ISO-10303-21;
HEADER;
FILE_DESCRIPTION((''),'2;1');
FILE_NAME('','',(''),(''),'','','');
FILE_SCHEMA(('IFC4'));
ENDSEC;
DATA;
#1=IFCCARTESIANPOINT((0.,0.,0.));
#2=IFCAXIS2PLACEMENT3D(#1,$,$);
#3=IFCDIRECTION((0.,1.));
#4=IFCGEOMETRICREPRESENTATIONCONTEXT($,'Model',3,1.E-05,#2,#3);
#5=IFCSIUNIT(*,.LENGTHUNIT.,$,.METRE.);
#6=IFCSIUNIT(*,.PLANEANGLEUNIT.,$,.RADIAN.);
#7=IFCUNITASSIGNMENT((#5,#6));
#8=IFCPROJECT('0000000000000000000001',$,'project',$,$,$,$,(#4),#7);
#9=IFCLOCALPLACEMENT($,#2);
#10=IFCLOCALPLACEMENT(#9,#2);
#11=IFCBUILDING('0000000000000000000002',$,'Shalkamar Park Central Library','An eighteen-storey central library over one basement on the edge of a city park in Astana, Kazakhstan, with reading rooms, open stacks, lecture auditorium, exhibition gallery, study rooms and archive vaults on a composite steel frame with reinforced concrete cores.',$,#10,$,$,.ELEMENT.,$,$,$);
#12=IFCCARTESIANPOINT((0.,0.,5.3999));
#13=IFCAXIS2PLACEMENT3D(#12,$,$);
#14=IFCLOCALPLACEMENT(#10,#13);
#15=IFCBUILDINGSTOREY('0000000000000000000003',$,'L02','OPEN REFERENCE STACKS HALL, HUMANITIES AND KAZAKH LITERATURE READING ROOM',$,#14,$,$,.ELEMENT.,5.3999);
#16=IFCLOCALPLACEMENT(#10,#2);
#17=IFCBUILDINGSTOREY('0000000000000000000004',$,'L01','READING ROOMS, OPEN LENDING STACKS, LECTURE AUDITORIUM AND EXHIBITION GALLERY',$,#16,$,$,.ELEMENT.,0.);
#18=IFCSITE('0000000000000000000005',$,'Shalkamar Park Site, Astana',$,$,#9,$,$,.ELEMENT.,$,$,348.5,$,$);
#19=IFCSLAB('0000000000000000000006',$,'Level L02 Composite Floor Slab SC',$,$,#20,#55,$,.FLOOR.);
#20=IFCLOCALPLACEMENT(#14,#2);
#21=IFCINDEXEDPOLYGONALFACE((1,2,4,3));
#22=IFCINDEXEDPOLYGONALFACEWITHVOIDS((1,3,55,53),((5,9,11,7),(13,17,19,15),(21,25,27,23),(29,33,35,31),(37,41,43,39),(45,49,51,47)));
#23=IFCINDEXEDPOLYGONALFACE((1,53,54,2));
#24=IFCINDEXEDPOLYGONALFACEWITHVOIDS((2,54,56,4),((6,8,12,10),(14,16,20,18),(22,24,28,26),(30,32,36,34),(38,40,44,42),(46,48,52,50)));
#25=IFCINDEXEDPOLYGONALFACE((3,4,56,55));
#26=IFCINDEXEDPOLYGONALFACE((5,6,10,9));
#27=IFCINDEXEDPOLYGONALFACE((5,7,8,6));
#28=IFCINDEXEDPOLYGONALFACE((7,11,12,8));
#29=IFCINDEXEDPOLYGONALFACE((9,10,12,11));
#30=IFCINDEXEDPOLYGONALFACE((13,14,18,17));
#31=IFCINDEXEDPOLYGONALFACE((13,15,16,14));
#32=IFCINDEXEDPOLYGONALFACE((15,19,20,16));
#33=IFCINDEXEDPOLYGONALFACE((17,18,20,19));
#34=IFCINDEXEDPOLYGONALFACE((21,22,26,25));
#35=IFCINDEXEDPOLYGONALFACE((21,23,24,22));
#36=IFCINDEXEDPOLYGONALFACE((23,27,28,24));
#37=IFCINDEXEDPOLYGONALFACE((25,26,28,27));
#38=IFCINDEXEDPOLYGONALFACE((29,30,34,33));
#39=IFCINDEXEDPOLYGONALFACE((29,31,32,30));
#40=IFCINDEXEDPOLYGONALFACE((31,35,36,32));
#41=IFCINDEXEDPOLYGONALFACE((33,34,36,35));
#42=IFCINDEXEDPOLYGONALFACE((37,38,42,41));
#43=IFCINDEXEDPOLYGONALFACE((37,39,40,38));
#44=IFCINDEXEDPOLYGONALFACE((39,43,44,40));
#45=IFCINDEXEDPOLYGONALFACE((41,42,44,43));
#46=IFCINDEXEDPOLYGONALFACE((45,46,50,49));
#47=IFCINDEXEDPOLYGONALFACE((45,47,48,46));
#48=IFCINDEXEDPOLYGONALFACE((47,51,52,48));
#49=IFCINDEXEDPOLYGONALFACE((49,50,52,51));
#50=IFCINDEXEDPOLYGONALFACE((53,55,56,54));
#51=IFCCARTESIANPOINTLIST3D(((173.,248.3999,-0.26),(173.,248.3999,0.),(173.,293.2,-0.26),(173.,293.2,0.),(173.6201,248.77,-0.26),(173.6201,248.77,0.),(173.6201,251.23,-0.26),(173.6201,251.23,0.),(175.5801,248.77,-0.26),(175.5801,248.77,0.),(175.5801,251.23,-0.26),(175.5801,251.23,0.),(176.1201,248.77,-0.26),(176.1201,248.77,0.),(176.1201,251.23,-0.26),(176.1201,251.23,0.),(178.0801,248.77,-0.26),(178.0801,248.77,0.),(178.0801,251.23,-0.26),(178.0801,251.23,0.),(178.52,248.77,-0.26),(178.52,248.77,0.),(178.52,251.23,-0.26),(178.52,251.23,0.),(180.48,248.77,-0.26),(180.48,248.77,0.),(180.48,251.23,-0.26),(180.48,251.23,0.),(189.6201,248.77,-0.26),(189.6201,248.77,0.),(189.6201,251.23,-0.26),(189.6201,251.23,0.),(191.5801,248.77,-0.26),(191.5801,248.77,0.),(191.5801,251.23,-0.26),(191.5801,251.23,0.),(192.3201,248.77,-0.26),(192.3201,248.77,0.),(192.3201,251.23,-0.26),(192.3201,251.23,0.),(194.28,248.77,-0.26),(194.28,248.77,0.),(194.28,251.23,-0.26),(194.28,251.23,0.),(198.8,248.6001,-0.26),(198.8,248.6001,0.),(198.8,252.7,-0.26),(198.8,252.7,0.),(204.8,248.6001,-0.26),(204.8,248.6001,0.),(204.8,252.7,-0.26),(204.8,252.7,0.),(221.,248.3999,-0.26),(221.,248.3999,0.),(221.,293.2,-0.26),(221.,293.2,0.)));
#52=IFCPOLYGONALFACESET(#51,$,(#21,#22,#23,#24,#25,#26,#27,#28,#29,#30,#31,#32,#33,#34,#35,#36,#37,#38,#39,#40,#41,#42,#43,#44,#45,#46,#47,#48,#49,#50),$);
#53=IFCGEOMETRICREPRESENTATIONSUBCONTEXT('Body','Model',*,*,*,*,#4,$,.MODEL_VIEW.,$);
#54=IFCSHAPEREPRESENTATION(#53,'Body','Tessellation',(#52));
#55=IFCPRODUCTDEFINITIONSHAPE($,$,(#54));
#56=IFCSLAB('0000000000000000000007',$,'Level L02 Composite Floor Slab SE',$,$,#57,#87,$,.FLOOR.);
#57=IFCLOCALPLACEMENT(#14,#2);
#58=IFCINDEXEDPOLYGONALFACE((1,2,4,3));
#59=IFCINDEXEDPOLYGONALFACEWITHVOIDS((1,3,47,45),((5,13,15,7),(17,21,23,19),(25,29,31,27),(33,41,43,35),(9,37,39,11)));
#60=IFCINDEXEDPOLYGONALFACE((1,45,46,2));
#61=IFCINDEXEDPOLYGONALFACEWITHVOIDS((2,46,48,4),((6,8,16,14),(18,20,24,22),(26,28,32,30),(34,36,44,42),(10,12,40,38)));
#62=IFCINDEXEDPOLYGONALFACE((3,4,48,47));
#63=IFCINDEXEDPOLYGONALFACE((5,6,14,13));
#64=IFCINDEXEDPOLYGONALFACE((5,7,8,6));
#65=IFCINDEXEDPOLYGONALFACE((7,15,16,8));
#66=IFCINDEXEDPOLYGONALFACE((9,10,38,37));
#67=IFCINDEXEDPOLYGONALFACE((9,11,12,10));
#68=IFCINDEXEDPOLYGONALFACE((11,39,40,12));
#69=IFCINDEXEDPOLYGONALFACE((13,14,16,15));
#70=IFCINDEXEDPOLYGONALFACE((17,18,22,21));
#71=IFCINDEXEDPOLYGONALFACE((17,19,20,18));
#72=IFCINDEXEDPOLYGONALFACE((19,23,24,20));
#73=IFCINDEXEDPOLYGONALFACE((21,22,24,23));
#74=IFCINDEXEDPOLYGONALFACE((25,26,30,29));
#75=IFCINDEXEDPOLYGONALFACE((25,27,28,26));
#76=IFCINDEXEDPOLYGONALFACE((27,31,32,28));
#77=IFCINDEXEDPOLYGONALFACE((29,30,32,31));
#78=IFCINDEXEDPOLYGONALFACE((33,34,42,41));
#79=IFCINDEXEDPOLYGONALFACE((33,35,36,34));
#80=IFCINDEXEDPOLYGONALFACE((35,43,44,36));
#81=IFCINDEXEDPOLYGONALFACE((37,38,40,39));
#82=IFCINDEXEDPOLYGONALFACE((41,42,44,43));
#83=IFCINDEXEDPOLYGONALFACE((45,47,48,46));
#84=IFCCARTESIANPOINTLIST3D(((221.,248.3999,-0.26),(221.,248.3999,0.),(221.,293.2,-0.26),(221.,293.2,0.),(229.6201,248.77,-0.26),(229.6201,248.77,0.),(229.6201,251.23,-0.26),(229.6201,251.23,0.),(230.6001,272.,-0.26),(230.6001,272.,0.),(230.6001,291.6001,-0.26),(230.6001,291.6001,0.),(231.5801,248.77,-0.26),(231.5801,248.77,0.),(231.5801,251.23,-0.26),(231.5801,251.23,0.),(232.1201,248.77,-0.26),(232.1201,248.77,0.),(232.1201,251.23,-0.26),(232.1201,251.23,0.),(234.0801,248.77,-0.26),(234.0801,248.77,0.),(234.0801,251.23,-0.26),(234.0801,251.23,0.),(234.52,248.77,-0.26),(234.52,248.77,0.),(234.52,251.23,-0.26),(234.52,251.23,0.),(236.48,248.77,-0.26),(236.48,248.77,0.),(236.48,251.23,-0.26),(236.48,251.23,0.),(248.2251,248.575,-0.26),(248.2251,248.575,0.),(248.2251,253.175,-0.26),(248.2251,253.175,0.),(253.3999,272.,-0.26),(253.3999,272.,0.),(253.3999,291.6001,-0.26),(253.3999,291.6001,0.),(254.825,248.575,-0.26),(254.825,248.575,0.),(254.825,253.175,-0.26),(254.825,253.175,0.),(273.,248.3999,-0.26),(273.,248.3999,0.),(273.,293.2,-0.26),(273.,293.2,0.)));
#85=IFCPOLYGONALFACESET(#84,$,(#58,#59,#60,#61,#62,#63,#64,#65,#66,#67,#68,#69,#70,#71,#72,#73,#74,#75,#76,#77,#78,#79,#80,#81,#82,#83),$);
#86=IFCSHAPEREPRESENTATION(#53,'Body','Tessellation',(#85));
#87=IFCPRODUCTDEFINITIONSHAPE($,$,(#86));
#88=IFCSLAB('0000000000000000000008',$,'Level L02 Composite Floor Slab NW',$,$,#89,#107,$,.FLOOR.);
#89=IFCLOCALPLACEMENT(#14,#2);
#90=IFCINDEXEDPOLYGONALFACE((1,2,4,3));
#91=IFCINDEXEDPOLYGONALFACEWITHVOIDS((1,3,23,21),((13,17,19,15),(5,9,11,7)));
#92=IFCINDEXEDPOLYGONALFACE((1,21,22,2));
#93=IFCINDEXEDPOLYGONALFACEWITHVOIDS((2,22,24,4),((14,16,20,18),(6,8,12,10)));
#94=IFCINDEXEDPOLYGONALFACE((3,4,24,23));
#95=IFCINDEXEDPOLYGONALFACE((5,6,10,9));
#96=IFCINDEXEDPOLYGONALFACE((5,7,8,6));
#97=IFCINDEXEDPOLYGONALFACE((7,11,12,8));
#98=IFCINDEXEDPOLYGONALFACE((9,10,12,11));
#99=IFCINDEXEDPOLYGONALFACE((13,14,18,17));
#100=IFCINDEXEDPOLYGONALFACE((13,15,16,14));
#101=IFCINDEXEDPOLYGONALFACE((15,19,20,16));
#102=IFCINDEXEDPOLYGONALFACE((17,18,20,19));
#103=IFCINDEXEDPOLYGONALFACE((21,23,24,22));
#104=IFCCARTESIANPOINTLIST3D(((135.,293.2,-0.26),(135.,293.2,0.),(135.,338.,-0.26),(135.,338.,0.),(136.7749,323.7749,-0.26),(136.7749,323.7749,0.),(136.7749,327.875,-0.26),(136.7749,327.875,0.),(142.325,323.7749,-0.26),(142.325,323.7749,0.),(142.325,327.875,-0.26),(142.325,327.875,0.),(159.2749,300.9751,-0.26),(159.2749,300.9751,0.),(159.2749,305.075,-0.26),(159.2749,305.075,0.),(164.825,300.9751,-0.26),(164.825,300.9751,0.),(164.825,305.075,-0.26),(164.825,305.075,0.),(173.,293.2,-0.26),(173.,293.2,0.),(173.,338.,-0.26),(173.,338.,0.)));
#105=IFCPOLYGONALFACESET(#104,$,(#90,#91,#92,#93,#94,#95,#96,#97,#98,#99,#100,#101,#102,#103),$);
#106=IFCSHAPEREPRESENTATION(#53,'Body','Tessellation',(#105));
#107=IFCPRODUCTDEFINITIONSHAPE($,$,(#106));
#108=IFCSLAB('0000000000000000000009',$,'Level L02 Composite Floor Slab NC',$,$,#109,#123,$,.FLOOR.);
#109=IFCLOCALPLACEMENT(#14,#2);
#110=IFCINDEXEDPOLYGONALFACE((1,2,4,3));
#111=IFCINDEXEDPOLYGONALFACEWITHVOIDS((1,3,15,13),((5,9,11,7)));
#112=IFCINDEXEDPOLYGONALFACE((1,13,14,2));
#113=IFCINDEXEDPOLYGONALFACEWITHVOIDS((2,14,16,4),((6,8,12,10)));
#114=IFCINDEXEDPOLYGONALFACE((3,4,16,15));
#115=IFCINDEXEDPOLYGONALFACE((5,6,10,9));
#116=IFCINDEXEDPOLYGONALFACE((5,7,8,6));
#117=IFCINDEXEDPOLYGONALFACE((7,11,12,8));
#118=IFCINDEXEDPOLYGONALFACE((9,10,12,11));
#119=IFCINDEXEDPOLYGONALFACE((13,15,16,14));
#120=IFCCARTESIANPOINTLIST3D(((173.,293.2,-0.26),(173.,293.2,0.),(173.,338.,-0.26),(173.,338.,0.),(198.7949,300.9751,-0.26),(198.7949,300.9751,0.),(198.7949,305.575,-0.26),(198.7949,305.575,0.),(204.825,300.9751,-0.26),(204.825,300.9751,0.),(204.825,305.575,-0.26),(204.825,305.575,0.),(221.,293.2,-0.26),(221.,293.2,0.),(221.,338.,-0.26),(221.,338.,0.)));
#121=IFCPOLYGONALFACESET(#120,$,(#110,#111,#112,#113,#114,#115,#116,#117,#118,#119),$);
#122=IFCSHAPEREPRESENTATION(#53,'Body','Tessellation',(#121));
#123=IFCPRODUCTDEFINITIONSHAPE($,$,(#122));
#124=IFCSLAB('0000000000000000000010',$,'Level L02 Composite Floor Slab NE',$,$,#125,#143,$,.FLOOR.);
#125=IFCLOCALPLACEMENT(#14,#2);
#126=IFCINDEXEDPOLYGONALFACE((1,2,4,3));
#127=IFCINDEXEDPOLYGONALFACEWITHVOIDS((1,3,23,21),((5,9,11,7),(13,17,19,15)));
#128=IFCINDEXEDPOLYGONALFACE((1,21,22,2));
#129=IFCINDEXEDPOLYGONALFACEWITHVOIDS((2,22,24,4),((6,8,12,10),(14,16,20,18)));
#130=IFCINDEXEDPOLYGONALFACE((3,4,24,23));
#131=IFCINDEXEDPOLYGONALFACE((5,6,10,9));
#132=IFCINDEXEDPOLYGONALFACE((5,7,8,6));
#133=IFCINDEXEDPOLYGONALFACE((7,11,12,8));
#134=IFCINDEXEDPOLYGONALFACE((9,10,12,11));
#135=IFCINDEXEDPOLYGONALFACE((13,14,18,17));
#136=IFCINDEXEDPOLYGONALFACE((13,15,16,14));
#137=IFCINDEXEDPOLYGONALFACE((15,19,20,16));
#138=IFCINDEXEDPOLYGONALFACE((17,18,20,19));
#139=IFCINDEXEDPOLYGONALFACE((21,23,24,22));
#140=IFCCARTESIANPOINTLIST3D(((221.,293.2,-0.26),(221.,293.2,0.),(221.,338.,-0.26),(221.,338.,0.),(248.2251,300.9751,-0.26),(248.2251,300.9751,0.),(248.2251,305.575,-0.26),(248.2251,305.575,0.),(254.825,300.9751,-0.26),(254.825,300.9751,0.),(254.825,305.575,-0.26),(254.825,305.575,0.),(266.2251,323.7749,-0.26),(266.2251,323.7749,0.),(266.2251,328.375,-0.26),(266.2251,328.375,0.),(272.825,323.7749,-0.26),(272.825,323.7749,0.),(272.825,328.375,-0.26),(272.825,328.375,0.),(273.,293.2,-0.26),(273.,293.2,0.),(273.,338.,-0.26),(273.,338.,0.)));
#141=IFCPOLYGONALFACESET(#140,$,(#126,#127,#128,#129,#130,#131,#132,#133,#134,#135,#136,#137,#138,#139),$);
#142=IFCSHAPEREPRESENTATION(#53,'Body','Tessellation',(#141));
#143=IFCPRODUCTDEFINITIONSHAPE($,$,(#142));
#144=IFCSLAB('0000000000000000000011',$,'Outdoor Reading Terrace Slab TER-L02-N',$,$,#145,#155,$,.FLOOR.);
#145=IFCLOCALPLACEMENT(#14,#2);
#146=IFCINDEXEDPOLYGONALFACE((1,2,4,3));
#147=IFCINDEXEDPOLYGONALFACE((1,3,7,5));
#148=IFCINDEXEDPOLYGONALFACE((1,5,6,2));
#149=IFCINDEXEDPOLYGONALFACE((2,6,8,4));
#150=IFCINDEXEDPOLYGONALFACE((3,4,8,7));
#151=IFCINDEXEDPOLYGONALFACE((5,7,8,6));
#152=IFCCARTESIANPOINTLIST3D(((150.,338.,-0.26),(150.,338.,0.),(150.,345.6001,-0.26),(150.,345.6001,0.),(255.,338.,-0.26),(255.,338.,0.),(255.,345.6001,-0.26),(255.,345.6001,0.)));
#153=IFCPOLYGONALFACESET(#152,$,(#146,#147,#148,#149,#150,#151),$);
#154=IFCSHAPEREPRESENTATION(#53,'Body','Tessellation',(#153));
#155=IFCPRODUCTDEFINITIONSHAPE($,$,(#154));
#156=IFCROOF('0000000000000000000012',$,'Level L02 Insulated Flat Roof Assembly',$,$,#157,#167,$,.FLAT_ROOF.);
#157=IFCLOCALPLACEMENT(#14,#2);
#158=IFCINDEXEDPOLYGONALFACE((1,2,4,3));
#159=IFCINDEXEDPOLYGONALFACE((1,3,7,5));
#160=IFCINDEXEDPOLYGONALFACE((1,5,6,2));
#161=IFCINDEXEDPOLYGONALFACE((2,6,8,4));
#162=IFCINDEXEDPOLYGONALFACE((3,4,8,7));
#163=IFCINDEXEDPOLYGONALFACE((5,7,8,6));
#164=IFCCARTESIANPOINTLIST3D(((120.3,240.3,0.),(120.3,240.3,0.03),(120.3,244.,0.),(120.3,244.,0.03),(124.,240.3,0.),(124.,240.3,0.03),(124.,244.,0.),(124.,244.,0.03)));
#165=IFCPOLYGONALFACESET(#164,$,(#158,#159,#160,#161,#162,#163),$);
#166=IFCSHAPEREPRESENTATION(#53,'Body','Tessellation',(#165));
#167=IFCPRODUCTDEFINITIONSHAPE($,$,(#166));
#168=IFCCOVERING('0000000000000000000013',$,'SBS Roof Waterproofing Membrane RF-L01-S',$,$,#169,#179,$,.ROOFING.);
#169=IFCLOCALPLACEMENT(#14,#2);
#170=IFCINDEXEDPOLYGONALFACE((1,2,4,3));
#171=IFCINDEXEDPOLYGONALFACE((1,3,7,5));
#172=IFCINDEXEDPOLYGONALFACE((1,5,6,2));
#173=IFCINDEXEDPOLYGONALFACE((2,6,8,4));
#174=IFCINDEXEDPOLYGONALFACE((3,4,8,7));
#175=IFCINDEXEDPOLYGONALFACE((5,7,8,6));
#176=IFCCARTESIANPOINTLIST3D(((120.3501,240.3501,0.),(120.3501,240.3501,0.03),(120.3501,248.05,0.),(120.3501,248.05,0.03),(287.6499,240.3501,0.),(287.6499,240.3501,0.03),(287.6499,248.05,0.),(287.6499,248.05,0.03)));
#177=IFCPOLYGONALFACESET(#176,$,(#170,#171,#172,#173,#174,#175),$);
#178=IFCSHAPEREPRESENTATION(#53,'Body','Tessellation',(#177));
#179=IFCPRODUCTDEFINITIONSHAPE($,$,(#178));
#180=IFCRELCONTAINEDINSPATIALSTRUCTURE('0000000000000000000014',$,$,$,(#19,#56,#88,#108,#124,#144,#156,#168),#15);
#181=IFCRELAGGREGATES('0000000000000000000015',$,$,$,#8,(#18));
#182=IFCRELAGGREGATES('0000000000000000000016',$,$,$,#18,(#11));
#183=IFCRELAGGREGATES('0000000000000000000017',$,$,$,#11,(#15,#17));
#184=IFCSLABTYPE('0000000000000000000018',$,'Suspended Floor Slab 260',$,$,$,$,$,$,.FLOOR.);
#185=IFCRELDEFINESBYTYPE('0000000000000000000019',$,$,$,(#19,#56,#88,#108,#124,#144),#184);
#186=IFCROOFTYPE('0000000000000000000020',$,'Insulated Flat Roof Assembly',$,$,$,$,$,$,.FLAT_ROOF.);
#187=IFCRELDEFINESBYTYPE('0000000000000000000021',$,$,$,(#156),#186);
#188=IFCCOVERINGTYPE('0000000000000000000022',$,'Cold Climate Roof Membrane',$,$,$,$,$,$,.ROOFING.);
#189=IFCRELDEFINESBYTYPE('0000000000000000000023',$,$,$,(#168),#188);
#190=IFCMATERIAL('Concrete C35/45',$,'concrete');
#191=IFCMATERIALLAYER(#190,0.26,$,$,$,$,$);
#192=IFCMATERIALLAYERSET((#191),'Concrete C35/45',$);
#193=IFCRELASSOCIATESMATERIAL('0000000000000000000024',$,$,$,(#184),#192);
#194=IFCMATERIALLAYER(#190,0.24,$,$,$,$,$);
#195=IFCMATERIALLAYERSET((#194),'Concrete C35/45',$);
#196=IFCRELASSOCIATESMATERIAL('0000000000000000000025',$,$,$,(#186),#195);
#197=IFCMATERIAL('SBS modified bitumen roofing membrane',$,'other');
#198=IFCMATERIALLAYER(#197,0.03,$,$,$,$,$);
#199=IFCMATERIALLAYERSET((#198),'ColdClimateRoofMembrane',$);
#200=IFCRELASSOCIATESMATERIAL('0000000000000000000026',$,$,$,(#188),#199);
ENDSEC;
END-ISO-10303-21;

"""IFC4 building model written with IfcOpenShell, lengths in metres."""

from ifc_helpers import new_model, si_unit, direction, frame, origin, place, context, subcontext, project, spatial, polyline, outline, extrude, material, layer, layer_set, type_object, element, save


model = new_model("IFC4")

# Units and contexts
model_context = context("Model", 3, precision=1e-05, world=origin(), true_north=direction((0.0, 1.0)))
body_context = subcontext(model_context, "Body", "Model", "MODEL_VIEW")
ifc_project = project(units=[si_unit("LENGTHUNIT", "METRE"), si_unit("PLANEANGLEUNIT", "RADIAN")], contexts=[model_context])

# Site, building, storey
site_placement = place(None, origin())
site = spatial("IfcSite", under=ifc_project, at=site_placement, Name="Shalkamar Park Site, Astana", CompositionType="ELEMENT", RefElevation=348.5)
building_placement = place(site_placement, origin())
building = spatial("IfcBuilding", under=site, at=building_placement, Name="Shalkamar Park Central Library", Description="An eighteen-storey central library over one basement on the edge of a city park in Astana, Kazakhstan, with reading rooms, open stacks, lecture auditorium, exhibition gallery, study rooms and archive vaults on a composite steel frame with reinforced concrete cores.", CompositionType="ELEMENT")
storey_1_placement = place(building_placement, frame((0.0, 0.0, 5.3999)))
storey_1 = spatial("IfcBuildingStorey", under=building, at=storey_1_placement, Name="L02", Description="OPEN REFERENCE STACKS HALL, HUMANITIES AND KAZAKH LITERATURE READING ROOM", CompositionType="ELEMENT", Elevation=5.3999)

# Shared definitions
ifc_material_1 = material(Name="Concrete C35/45", Category="concrete")

# Shared definitions
storey_2_placement = place(building_placement, origin())
storey_2 = spatial("IfcBuildingStorey", under=building, at=storey_2_placement, Name="L01", Description="READING ROOMS, OPEN LENDING STACKS, LECTURE AUDITORIUM AND EXHIBITION GALLERY", CompositionType="ELEMENT", Elevation=0.0)

# Slabs
ifc_layer_1 = layer(ifc_material_1, 0.26)
ifc_layer_set_1 = layer_set([ifc_layer_1], Name="Concrete C35/45")
slab_type_1 = type_object("IfcSlabType", Name="Suspended Floor Slab 260", PredefinedType="FLOOR", material=ifc_layer_set_1)
slab_1_placement = place(storey_1_placement, frame((0.0, 0.0, -0.26)))
element("IfcSlab", 1, at=slab_1_placement, inside=storey_1, type_object=slab_type_1, Name="Level L02 Composite Floor Slab SC", PredefinedType="FLOOR", context=body_context, shape_type="SweptSolid", body=[
    extrude(outline(polyline([(173.0, 248.3999), (173.0, 293.2), (221.0, 293.2), (221.0, 248.3999), (173.0, 248.3999)]), holes=[polyline([(175.5801, 251.23), (173.6201, 251.23), (173.6201, 248.77), (175.5801, 248.77), (175.5801, 251.23)]), polyline([(178.0801, 251.23), (176.1201, 251.23), (176.1201, 248.77), (178.0801, 248.77), (178.0801, 251.23)]), polyline([(180.48, 251.23), (178.52, 251.23), (178.52, 248.77), (180.48, 248.77), (180.48, 251.23)]), polyline([(191.5801, 251.23), (189.6201, 251.23), (189.6201, 248.77), (191.5801, 248.77), (191.5801, 251.23)]), polyline([(194.28, 251.23), (192.3201, 251.23), (192.3201, 248.77), (194.28, 248.77), (194.28, 251.23)]), polyline([(204.8, 252.7), (198.8, 252.7), (198.8, 248.6001), (204.8, 248.6001), (204.8, 252.7)])]), origin(), (0.0, 0.0, 1.0), 0.26),
])
slab_2_placement = place(storey_1_placement, frame((0.0, 0.0, -0.26)))
element("IfcSlab", 2, at=slab_2_placement, inside=storey_1, type_object=slab_type_1, Name="Level L02 Composite Floor Slab SE", PredefinedType="FLOOR", context=body_context, shape_type="SweptSolid", body=[
    extrude(outline(polyline([(221.0, 248.3999), (221.0, 293.2), (273.0, 293.2), (273.0, 248.3999), (221.0, 248.3999)]), holes=[polyline([(231.5801, 251.23), (229.6201, 251.23), (229.6201, 248.77), (231.5801, 248.77), (231.5801, 251.23)]), polyline([(234.0801, 251.23), (232.1201, 251.23), (232.1201, 248.77), (234.0801, 248.77), (234.0801, 251.23)]), polyline([(236.48, 251.23), (234.52, 251.23), (234.52, 248.77), (236.48, 248.77), (236.48, 251.23)]), polyline([(254.825, 253.175), (248.2251, 253.175), (248.2251, 248.575), (254.825, 248.575), (254.825, 253.175)]), polyline([(253.3999, 291.6001), (230.6001, 291.6001), (230.6001, 272.0), (253.3999, 272.0), (253.3999, 291.6001)])]), origin(), (0.0, 0.0, 1.0), 0.26),
])
slab_3_placement = place(storey_1_placement, frame((0.0, 0.0, -0.26)))
element("IfcSlab", 3, at=slab_3_placement, inside=storey_1, type_object=slab_type_1, Name="Level L02 Composite Floor Slab NW", PredefinedType="FLOOR", context=body_context, shape_type="SweptSolid", body=[
    extrude(outline(polyline([(135.0, 293.2), (135.0, 338.0), (173.0, 338.0), (173.0, 293.2), (135.0, 293.2)]), holes=[polyline([(164.825, 300.9751), (164.825, 305.075), (159.2749, 305.075), (159.2749, 300.9751), (164.825, 300.9751)]), polyline([(142.325, 323.7749), (142.325, 327.875), (136.7749, 327.875), (136.7749, 323.7749), (142.325, 323.7749)])]), origin(), (0.0, 0.0, 1.0), 0.26),
])
slab_4_placement = place(storey_1_placement, frame((0.0, 0.0, -0.26)))
element("IfcSlab", 4, at=slab_4_placement, inside=storey_1, type_object=slab_type_1, Name="Level L02 Composite Floor Slab NC", PredefinedType="FLOOR", context=body_context, shape_type="SweptSolid", body=[
    extrude(outline(polyline([(173.0, 293.2), (173.0, 338.0), (221.0, 338.0), (221.0, 293.2), (173.0, 293.2)]), holes=[polyline([(204.825, 305.575), (198.7949, 305.575), (198.7949, 300.9751), (204.825, 300.9751), (204.825, 305.575)])]), origin(), (0.0, 0.0, 1.0), 0.26),
])
slab_5_placement = place(storey_1_placement, frame((0.0, 0.0, -0.26)))
element("IfcSlab", 5, at=slab_5_placement, inside=storey_1, type_object=slab_type_1, Name="Level L02 Composite Floor Slab NE", PredefinedType="FLOOR", context=body_context, shape_type="SweptSolid", body=[
    extrude(outline(polyline([(221.0, 293.2), (221.0, 338.0), (273.0, 338.0), (273.0, 293.2), (221.0, 293.2)]), holes=[polyline([(254.825, 300.9751), (254.825, 305.575), (248.2251, 305.575), (248.2251, 300.9751), (254.825, 300.9751)]), polyline([(272.825, 323.7749), (272.825, 328.375), (266.2251, 328.375), (266.2251, 323.7749), (272.825, 323.7749)])]), origin(), (0.0, 0.0, 1.0), 0.26),
])
slab_6_placement = place(storey_1_placement, frame((0.0, 0.0, -0.26)))
element("IfcSlab", 6, at=slab_6_placement, inside=storey_1, type_object=slab_type_1, Name="Outdoor Reading Terrace Slab TER-L02-N", PredefinedType="FLOOR", context=body_context, shape_type="SweptSolid", body=[
    extrude(outline(polyline([(150.0, 338.0), (255.0, 338.0), (255.0, 345.6001), (150.0, 345.6001), (150.0, 338.0)])), origin(), (0.0, 0.0, 1.0), 0.26),
])

# Roof
ifc_layer_2 = layer(ifc_material_1, 0.24)
ifc_layer_set_2 = layer_set([ifc_layer_2], Name="Concrete C35/45")
roof_type = type_object("IfcRoofType", Name="Insulated Flat Roof Assembly", PredefinedType="FLAT_ROOF", material=ifc_layer_set_2)
roof_placement = place(storey_1_placement, origin())
element("IfcRoof", 7, at=roof_placement, inside=storey_1, type_object=roof_type, Name="Level L02 Insulated Flat Roof Assembly", PredefinedType="FLAT_ROOF", context=body_context, shape_type="SweptSolid", body=[
    extrude(outline(polyline([(120.3, 240.3), (124.0, 240.3), (124.0, 244.0), (120.3, 244.0), (120.3, 240.3)])), origin(), (0.0, 0.0, 1.0), 0.03),
])

# Covering
ifc_material_2 = material(Name="SBS modified bitumen roofing membrane", Category="other")
ifc_layer_3 = layer(ifc_material_2, 0.03)
ifc_layer_set_3 = layer_set([ifc_layer_3], Name="ColdClimateRoofMembrane")
covering_type = type_object("IfcCoveringType", Name="Cold Climate Roof Membrane", PredefinedType="ROOFING", material=ifc_layer_set_3)
covering_placement = place(storey_1_placement, origin())
element("IfcCovering", 8, at=covering_placement, inside=storey_1, type_object=covering_type, Name="SBS Roof Waterproofing Membrane RF-L01-S", PredefinedType="ROOFING", context=body_context, shape_type="SweptSolid", body=[
    extrude(outline(polyline([(120.3501, 240.3501), (287.6499, 240.3501), (287.6499, 248.05), (120.3501, 248.05), (120.3501, 240.3501)])), origin(), (0.0, 0.0, 1.0), 0.03),
])

save(model, "model.ifc")
